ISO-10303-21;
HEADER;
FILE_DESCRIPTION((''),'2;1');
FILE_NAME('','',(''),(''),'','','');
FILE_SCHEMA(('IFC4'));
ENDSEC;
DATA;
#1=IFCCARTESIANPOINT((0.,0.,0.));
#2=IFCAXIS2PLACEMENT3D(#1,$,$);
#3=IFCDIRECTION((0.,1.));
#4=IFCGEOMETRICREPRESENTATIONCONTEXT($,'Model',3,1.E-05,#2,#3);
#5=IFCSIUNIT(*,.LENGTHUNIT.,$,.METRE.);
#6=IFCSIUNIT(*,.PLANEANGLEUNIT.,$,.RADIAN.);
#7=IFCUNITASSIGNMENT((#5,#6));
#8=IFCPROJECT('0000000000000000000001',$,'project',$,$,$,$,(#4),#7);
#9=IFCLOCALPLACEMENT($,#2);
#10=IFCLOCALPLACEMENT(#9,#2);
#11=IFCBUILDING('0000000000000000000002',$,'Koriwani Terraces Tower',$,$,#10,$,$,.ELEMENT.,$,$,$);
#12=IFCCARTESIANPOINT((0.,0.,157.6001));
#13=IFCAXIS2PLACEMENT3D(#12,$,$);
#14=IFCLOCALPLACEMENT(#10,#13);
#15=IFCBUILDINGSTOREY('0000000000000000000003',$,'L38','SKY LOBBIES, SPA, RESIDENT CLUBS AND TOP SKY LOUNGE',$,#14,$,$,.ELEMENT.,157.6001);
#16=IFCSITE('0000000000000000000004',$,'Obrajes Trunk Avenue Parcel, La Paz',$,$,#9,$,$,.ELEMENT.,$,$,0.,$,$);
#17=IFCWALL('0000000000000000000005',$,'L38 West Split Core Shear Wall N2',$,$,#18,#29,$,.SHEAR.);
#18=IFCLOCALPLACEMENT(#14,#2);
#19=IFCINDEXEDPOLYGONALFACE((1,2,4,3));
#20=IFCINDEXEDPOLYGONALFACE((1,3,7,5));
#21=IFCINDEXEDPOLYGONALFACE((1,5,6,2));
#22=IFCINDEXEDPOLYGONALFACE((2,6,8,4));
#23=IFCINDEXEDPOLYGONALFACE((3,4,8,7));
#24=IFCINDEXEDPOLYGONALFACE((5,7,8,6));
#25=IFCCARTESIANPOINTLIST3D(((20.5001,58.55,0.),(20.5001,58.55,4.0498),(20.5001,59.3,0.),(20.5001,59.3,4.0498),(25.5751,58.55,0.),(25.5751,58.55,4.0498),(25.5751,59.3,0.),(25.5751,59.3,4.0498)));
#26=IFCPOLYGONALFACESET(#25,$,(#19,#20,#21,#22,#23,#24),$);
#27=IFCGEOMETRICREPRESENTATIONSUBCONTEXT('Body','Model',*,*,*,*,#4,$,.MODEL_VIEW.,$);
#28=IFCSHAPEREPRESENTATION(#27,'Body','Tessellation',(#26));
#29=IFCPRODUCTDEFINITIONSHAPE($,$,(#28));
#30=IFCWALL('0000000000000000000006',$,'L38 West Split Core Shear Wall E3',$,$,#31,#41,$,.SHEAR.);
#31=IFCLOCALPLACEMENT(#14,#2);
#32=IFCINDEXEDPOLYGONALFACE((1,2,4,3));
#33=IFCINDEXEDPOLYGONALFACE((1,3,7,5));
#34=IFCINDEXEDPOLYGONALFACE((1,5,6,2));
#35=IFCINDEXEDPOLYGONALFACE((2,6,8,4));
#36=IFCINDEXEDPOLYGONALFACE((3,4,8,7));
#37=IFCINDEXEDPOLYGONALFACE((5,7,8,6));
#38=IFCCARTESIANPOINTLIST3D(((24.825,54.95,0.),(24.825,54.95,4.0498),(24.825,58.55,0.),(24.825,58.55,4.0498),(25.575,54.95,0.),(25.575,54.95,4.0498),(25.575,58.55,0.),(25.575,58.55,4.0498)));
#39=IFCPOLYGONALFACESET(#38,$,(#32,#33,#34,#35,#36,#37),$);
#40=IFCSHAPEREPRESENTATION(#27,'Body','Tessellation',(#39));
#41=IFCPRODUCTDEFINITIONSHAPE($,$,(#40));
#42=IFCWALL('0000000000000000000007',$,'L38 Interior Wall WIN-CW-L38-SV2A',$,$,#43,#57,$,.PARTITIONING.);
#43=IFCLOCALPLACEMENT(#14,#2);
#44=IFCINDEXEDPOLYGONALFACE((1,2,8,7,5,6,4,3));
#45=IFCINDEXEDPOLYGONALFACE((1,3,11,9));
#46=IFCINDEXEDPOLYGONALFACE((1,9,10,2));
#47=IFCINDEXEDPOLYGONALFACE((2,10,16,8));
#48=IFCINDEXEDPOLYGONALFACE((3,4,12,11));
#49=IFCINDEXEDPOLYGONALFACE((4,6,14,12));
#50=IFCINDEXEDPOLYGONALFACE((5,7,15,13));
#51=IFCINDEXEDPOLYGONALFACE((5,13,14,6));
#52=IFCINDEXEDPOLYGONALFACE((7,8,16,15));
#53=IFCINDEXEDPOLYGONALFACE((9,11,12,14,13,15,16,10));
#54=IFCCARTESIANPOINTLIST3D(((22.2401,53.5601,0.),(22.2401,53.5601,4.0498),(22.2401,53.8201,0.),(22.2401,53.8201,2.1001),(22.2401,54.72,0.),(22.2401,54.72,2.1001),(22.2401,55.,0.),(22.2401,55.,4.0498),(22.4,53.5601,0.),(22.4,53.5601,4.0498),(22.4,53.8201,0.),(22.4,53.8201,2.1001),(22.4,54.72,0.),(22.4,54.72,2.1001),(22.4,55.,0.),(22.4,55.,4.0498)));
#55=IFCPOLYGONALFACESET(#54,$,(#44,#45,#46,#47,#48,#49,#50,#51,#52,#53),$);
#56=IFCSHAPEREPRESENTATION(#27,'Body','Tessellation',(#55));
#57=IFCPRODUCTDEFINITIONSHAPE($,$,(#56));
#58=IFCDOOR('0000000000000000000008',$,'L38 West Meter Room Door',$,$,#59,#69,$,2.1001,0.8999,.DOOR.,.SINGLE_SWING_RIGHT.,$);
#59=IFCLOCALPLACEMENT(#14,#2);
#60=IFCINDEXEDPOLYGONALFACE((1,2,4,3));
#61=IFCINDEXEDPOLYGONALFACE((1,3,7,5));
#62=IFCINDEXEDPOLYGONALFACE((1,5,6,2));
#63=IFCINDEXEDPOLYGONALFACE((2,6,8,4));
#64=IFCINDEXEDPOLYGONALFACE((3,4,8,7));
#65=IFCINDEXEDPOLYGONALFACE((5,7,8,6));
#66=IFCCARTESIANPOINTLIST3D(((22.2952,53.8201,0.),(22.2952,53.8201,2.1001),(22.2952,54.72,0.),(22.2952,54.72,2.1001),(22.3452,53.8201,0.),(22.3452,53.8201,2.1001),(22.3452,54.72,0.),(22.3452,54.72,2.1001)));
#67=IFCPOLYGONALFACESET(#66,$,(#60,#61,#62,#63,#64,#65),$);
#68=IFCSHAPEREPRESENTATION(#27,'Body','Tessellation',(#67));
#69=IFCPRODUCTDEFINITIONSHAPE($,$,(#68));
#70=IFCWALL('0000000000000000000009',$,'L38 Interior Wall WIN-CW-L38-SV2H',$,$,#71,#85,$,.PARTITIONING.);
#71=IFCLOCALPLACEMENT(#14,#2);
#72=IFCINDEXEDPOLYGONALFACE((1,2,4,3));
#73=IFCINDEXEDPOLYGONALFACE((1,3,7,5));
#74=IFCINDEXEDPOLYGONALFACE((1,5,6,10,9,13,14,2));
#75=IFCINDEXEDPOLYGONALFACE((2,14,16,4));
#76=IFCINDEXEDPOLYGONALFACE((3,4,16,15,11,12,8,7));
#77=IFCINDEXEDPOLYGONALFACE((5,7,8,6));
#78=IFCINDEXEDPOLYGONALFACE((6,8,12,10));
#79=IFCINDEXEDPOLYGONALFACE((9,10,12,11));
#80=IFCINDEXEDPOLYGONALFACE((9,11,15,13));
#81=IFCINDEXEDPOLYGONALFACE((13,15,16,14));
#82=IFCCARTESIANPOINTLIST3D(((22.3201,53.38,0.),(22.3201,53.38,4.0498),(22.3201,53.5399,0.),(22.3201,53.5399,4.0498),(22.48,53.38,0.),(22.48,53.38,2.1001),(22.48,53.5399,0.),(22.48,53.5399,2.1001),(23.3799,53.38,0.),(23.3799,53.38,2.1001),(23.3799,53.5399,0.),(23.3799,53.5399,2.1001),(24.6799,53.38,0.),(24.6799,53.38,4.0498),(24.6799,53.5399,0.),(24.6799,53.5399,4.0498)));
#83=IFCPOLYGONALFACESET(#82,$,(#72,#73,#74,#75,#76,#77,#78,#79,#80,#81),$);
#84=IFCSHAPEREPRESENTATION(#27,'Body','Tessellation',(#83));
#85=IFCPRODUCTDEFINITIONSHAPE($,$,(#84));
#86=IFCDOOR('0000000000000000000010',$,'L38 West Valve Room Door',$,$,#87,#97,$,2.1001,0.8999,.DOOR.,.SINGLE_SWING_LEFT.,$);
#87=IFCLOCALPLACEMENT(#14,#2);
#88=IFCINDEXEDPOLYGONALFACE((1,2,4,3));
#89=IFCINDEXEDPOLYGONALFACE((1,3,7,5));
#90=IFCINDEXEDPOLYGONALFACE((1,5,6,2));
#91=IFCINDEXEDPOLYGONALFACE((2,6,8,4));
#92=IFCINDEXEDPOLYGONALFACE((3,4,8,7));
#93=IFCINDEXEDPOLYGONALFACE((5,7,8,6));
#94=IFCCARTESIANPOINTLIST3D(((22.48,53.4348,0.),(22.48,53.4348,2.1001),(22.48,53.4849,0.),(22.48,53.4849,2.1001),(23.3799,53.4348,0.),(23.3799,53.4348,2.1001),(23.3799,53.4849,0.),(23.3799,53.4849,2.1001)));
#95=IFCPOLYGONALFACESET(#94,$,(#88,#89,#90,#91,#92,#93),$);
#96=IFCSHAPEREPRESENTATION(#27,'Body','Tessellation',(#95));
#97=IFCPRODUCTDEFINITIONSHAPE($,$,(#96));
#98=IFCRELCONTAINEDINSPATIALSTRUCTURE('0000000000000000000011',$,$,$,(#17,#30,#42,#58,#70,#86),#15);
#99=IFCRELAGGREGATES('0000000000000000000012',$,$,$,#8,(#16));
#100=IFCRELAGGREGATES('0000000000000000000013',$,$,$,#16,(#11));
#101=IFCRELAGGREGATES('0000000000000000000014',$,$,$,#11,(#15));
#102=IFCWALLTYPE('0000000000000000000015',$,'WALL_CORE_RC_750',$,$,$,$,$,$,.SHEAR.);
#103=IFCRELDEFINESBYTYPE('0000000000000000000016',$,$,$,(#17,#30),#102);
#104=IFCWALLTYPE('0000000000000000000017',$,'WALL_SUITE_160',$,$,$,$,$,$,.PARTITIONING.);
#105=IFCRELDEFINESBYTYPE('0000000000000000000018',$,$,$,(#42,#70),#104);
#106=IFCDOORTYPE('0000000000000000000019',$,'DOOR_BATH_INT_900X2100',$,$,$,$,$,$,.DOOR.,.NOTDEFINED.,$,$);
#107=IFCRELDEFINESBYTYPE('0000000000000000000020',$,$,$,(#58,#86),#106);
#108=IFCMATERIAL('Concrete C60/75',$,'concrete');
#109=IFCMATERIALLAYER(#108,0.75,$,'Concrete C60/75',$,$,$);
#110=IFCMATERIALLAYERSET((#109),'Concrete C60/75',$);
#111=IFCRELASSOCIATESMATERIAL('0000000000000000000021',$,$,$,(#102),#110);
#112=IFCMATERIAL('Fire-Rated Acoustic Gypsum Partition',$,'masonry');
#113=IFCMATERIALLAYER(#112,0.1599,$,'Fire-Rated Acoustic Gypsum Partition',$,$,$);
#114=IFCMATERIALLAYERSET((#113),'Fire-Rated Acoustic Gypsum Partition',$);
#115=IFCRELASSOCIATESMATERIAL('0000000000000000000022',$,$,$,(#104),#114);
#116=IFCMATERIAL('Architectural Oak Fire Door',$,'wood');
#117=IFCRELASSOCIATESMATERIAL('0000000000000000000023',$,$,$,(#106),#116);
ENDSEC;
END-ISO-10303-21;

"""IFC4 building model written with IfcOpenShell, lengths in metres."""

from ifc_helpers import new_model, si_unit, direction, frame, frame_2d, origin, place, context, subcontext, project, spatial, rectangle, extrude, material, layer, layer_set, type_object, element, fill, save


model = new_model("IFC4")

# Units and contexts
model_context = context("Model", 3, precision=1e-05, world=origin(), true_north=direction((0.0, 1.0)))
body_context = subcontext(model_context, "Body", "Model", "MODEL_VIEW")
ifc_project = project(units=[si_unit("LENGTHUNIT", "METRE"), si_unit("PLANEANGLEUNIT", "RADIAN")], contexts=[model_context])

# Site, building, storey
site_placement = place(None, origin())
site = spatial("IfcSite", under=ifc_project, at=site_placement, Name="Obrajes Trunk Avenue Parcel, La Paz", CompositionType="ELEMENT", RefElevation=0.0)
building_placement = place(site_placement, origin())
building = spatial("IfcBuilding", under=site, at=building_placement, Name="Koriwani Terraces Tower", CompositionType="ELEMENT")
storey_placement = place(building_placement, frame((0.0, 0.0, 157.6001)))
storey = spatial("IfcBuildingStorey", under=building, at=storey_placement, Name="L38", Description="SKY LOBBIES, SPA, RESIDENT CLUBS AND TOP SKY LOUNGE", CompositionType="ELEMENT", Elevation=157.6001)

# Shared definitions
ifc_material_1 = material(Name="Concrete C60/75", Category="concrete")

# Walls
ifc_layer_1 = layer(ifc_material_1, 0.75, Name="Concrete C60/75")
ifc_layer_set_1 = layer_set([ifc_layer_1], Name="Concrete C60/75")
wall_type_1 = type_object("IfcWallType", Name="WALL_CORE_RC_750", PredefinedType="SHEAR", material=ifc_layer_set_1)
wall_1_placement = place(storey_placement, frame((20.5, 58.925, 0.0), z_axis=(0.0, 0.0, 1.0), x_axis=(1.0, 0.0, 0.0)))
element("IfcWall", 1, at=wall_1_placement, inside=storey, type_object=wall_type_1, Name="L38 West Split Core Shear Wall N2", PredefinedType="SHEAR", context=body_context, shape_type="SweptSolid", body=[
    extrude(rectangle(XDim=5.075, YDim=0.75, at=frame_2d((2.5376, 0.0))), origin(), (0.0, 0.0, 1.0), 4.0498),
])
wall_2_placement = place(storey_placement, frame((25.2, 54.95, 0.0), z_axis=(0.0, 0.0, 1.0), x_axis=(0.0, 1.0, 0.0)))
element("IfcWall", 2, at=wall_2_placement, inside=storey, type_object=wall_type_1, Name="L38 West Split Core Shear Wall E3", PredefinedType="SHEAR", context=body_context, shape_type="SweptSolid", body=[
    extrude(rectangle(XDim=3.6001, YDim=0.75, at=frame_2d((1.8, 0.0))), origin(), (0.0, 0.0, 1.0), 4.0498),
])

# Walls, openings, doors
ifc_material_2 = material(Name="Fire-Rated Acoustic Gypsum Partition", Category="masonry")
ifc_layer_2 = layer(ifc_material_2, 0.1599, Name="Fire-Rated Acoustic Gypsum Partition")
ifc_layer_set_2 = layer_set([ifc_layer_2], Name="Fire-Rated Acoustic Gypsum Partition")
wall_type_2 = type_object("IfcWallType", Name="WALL_SUITE_160", PredefinedType="PARTITIONING", material=ifc_layer_set_2)
wall_3_placement = place(storey_placement, frame((22.3201, 53.5601, 0.0), z_axis=(0.0, 0.0, 1.0), x_axis=(0.0, 1.0, 0.0)))
wall_3 = element("IfcWall", 3, at=wall_3_placement, inside=storey, type_object=wall_type_2, Name="L38 Interior Wall WIN-CW-L38-SV2A", PredefinedType="PARTITIONING", context=body_context, shape_type="SweptSolid", body=[
    extrude(rectangle(XDim=1.4399, YDim=0.1599, at=frame_2d((0.72, 0.0))), origin(), (0.0, 0.0, 1.0), 4.0498),
])
opening_1_placement = place(wall_3_placement, frame((0.26, 0.0, 0.0)))
opening_1 = element("IfcOpeningElement", 4, at=opening_1_placement, cuts=wall_3, PredefinedType="OPENING", context=body_context, shape_type="SweptSolid", body=[
    extrude(rectangle(XDim=0.8999, YDim=2.1001, at=frame_2d((0.45, 1.05))), frame((0.0, 0.0898, 0.0), z_axis=(0.0, -1.0, 0.0), x_axis=(1.0, 0.0, 0.0)), (0.0, 0.0, 1.0), 0.1799),
])
ifc_material_3 = material(Name="Architectural Oak Fire Door", Category="wood")
door_type_1 = type_object("IfcDoorType", Name="DOOR_BATH_INT_900X2100", OperationType="NOTDEFINED", PredefinedType="DOOR", material=ifc_material_3)
door_1_placement = place(opening_1_placement, origin())
door_1 = element("IfcDoor", 5, at=door_1_placement, inside=storey, type_object=door_type_1, Name="L38 West Meter Room Door", OperationType="SINGLE_SWING_RIGHT", OverallHeight=2.1001, OverallWidth=0.8999, PredefinedType="DOOR", context=body_context, shape_type="SweptSolid", body=[
    extrude(rectangle(XDim=0.8999, YDim=2.1001, at=frame_2d((0.45, 1.05))), frame((0.0, 0.0249, 0.0), z_axis=(0.0, -1.0, 0.0), x_axis=(1.0, 0.0, 0.0)), (0.0, 0.0, 1.0), 0.05),
])
fill(opening_1, door_1)
wall_4_placement = place(storey_placement, frame((22.3201, 53.46, 0.0), z_axis=(0.0, 0.0, 1.0), x_axis=(1.0, 0.0, 0.0)))
wall_4 = element("IfcWall", 6, at=wall_4_placement, inside=storey, type_object=wall_type_2, Name="L38 Interior Wall WIN-CW-L38-SV2H", PredefinedType="PARTITIONING", context=body_context, shape_type="SweptSolid", body=[
    extrude(rectangle(XDim=2.3599, YDim=0.1599, at=frame_2d((1.1799, 0.0))), origin(), (0.0, 0.0, 1.0), 4.0498),
])
opening_2_placement = place(wall_4_placement, frame((0.1599, 0.0, 0.0)))
opening_2 = element("IfcOpeningElement", 7, at=opening_2_placement, cuts=wall_4, PredefinedType="OPENING", context=body_context, shape_type="SweptSolid", body=[
    extrude(rectangle(XDim=0.8999, YDim=2.1001, at=frame_2d((0.45, 1.05))), frame((0.0, 0.0898, 0.0), z_axis=(0.0, -1.0, 0.0), x_axis=(1.0, 0.0, 0.0)), (0.0, 0.0, 1.0), 0.1799),
])
door_2_placement = place(opening_2_placement, origin())
door_2 = element("IfcDoor", 8, at=door_2_placement, inside=storey, type_object=door_type_1, Name="L38 West Valve Room Door", OperationType="SINGLE_SWING_LEFT", OverallHeight=2.1001, OverallWidth=0.8999, PredefinedType="DOOR", context=body_context, shape_type="SweptSolid", body=[
    extrude(rectangle(XDim=0.8999, YDim=2.1001, at=frame_2d((0.45, 1.05))), frame((0.0, 0.0249, 0.0), z_axis=(0.0, -1.0, 0.0), x_axis=(1.0, 0.0, 0.0)), (0.0, 0.0, 1.0), 0.05),
])
fill(opening_2, door_2)

save(model, "model.ifc")
